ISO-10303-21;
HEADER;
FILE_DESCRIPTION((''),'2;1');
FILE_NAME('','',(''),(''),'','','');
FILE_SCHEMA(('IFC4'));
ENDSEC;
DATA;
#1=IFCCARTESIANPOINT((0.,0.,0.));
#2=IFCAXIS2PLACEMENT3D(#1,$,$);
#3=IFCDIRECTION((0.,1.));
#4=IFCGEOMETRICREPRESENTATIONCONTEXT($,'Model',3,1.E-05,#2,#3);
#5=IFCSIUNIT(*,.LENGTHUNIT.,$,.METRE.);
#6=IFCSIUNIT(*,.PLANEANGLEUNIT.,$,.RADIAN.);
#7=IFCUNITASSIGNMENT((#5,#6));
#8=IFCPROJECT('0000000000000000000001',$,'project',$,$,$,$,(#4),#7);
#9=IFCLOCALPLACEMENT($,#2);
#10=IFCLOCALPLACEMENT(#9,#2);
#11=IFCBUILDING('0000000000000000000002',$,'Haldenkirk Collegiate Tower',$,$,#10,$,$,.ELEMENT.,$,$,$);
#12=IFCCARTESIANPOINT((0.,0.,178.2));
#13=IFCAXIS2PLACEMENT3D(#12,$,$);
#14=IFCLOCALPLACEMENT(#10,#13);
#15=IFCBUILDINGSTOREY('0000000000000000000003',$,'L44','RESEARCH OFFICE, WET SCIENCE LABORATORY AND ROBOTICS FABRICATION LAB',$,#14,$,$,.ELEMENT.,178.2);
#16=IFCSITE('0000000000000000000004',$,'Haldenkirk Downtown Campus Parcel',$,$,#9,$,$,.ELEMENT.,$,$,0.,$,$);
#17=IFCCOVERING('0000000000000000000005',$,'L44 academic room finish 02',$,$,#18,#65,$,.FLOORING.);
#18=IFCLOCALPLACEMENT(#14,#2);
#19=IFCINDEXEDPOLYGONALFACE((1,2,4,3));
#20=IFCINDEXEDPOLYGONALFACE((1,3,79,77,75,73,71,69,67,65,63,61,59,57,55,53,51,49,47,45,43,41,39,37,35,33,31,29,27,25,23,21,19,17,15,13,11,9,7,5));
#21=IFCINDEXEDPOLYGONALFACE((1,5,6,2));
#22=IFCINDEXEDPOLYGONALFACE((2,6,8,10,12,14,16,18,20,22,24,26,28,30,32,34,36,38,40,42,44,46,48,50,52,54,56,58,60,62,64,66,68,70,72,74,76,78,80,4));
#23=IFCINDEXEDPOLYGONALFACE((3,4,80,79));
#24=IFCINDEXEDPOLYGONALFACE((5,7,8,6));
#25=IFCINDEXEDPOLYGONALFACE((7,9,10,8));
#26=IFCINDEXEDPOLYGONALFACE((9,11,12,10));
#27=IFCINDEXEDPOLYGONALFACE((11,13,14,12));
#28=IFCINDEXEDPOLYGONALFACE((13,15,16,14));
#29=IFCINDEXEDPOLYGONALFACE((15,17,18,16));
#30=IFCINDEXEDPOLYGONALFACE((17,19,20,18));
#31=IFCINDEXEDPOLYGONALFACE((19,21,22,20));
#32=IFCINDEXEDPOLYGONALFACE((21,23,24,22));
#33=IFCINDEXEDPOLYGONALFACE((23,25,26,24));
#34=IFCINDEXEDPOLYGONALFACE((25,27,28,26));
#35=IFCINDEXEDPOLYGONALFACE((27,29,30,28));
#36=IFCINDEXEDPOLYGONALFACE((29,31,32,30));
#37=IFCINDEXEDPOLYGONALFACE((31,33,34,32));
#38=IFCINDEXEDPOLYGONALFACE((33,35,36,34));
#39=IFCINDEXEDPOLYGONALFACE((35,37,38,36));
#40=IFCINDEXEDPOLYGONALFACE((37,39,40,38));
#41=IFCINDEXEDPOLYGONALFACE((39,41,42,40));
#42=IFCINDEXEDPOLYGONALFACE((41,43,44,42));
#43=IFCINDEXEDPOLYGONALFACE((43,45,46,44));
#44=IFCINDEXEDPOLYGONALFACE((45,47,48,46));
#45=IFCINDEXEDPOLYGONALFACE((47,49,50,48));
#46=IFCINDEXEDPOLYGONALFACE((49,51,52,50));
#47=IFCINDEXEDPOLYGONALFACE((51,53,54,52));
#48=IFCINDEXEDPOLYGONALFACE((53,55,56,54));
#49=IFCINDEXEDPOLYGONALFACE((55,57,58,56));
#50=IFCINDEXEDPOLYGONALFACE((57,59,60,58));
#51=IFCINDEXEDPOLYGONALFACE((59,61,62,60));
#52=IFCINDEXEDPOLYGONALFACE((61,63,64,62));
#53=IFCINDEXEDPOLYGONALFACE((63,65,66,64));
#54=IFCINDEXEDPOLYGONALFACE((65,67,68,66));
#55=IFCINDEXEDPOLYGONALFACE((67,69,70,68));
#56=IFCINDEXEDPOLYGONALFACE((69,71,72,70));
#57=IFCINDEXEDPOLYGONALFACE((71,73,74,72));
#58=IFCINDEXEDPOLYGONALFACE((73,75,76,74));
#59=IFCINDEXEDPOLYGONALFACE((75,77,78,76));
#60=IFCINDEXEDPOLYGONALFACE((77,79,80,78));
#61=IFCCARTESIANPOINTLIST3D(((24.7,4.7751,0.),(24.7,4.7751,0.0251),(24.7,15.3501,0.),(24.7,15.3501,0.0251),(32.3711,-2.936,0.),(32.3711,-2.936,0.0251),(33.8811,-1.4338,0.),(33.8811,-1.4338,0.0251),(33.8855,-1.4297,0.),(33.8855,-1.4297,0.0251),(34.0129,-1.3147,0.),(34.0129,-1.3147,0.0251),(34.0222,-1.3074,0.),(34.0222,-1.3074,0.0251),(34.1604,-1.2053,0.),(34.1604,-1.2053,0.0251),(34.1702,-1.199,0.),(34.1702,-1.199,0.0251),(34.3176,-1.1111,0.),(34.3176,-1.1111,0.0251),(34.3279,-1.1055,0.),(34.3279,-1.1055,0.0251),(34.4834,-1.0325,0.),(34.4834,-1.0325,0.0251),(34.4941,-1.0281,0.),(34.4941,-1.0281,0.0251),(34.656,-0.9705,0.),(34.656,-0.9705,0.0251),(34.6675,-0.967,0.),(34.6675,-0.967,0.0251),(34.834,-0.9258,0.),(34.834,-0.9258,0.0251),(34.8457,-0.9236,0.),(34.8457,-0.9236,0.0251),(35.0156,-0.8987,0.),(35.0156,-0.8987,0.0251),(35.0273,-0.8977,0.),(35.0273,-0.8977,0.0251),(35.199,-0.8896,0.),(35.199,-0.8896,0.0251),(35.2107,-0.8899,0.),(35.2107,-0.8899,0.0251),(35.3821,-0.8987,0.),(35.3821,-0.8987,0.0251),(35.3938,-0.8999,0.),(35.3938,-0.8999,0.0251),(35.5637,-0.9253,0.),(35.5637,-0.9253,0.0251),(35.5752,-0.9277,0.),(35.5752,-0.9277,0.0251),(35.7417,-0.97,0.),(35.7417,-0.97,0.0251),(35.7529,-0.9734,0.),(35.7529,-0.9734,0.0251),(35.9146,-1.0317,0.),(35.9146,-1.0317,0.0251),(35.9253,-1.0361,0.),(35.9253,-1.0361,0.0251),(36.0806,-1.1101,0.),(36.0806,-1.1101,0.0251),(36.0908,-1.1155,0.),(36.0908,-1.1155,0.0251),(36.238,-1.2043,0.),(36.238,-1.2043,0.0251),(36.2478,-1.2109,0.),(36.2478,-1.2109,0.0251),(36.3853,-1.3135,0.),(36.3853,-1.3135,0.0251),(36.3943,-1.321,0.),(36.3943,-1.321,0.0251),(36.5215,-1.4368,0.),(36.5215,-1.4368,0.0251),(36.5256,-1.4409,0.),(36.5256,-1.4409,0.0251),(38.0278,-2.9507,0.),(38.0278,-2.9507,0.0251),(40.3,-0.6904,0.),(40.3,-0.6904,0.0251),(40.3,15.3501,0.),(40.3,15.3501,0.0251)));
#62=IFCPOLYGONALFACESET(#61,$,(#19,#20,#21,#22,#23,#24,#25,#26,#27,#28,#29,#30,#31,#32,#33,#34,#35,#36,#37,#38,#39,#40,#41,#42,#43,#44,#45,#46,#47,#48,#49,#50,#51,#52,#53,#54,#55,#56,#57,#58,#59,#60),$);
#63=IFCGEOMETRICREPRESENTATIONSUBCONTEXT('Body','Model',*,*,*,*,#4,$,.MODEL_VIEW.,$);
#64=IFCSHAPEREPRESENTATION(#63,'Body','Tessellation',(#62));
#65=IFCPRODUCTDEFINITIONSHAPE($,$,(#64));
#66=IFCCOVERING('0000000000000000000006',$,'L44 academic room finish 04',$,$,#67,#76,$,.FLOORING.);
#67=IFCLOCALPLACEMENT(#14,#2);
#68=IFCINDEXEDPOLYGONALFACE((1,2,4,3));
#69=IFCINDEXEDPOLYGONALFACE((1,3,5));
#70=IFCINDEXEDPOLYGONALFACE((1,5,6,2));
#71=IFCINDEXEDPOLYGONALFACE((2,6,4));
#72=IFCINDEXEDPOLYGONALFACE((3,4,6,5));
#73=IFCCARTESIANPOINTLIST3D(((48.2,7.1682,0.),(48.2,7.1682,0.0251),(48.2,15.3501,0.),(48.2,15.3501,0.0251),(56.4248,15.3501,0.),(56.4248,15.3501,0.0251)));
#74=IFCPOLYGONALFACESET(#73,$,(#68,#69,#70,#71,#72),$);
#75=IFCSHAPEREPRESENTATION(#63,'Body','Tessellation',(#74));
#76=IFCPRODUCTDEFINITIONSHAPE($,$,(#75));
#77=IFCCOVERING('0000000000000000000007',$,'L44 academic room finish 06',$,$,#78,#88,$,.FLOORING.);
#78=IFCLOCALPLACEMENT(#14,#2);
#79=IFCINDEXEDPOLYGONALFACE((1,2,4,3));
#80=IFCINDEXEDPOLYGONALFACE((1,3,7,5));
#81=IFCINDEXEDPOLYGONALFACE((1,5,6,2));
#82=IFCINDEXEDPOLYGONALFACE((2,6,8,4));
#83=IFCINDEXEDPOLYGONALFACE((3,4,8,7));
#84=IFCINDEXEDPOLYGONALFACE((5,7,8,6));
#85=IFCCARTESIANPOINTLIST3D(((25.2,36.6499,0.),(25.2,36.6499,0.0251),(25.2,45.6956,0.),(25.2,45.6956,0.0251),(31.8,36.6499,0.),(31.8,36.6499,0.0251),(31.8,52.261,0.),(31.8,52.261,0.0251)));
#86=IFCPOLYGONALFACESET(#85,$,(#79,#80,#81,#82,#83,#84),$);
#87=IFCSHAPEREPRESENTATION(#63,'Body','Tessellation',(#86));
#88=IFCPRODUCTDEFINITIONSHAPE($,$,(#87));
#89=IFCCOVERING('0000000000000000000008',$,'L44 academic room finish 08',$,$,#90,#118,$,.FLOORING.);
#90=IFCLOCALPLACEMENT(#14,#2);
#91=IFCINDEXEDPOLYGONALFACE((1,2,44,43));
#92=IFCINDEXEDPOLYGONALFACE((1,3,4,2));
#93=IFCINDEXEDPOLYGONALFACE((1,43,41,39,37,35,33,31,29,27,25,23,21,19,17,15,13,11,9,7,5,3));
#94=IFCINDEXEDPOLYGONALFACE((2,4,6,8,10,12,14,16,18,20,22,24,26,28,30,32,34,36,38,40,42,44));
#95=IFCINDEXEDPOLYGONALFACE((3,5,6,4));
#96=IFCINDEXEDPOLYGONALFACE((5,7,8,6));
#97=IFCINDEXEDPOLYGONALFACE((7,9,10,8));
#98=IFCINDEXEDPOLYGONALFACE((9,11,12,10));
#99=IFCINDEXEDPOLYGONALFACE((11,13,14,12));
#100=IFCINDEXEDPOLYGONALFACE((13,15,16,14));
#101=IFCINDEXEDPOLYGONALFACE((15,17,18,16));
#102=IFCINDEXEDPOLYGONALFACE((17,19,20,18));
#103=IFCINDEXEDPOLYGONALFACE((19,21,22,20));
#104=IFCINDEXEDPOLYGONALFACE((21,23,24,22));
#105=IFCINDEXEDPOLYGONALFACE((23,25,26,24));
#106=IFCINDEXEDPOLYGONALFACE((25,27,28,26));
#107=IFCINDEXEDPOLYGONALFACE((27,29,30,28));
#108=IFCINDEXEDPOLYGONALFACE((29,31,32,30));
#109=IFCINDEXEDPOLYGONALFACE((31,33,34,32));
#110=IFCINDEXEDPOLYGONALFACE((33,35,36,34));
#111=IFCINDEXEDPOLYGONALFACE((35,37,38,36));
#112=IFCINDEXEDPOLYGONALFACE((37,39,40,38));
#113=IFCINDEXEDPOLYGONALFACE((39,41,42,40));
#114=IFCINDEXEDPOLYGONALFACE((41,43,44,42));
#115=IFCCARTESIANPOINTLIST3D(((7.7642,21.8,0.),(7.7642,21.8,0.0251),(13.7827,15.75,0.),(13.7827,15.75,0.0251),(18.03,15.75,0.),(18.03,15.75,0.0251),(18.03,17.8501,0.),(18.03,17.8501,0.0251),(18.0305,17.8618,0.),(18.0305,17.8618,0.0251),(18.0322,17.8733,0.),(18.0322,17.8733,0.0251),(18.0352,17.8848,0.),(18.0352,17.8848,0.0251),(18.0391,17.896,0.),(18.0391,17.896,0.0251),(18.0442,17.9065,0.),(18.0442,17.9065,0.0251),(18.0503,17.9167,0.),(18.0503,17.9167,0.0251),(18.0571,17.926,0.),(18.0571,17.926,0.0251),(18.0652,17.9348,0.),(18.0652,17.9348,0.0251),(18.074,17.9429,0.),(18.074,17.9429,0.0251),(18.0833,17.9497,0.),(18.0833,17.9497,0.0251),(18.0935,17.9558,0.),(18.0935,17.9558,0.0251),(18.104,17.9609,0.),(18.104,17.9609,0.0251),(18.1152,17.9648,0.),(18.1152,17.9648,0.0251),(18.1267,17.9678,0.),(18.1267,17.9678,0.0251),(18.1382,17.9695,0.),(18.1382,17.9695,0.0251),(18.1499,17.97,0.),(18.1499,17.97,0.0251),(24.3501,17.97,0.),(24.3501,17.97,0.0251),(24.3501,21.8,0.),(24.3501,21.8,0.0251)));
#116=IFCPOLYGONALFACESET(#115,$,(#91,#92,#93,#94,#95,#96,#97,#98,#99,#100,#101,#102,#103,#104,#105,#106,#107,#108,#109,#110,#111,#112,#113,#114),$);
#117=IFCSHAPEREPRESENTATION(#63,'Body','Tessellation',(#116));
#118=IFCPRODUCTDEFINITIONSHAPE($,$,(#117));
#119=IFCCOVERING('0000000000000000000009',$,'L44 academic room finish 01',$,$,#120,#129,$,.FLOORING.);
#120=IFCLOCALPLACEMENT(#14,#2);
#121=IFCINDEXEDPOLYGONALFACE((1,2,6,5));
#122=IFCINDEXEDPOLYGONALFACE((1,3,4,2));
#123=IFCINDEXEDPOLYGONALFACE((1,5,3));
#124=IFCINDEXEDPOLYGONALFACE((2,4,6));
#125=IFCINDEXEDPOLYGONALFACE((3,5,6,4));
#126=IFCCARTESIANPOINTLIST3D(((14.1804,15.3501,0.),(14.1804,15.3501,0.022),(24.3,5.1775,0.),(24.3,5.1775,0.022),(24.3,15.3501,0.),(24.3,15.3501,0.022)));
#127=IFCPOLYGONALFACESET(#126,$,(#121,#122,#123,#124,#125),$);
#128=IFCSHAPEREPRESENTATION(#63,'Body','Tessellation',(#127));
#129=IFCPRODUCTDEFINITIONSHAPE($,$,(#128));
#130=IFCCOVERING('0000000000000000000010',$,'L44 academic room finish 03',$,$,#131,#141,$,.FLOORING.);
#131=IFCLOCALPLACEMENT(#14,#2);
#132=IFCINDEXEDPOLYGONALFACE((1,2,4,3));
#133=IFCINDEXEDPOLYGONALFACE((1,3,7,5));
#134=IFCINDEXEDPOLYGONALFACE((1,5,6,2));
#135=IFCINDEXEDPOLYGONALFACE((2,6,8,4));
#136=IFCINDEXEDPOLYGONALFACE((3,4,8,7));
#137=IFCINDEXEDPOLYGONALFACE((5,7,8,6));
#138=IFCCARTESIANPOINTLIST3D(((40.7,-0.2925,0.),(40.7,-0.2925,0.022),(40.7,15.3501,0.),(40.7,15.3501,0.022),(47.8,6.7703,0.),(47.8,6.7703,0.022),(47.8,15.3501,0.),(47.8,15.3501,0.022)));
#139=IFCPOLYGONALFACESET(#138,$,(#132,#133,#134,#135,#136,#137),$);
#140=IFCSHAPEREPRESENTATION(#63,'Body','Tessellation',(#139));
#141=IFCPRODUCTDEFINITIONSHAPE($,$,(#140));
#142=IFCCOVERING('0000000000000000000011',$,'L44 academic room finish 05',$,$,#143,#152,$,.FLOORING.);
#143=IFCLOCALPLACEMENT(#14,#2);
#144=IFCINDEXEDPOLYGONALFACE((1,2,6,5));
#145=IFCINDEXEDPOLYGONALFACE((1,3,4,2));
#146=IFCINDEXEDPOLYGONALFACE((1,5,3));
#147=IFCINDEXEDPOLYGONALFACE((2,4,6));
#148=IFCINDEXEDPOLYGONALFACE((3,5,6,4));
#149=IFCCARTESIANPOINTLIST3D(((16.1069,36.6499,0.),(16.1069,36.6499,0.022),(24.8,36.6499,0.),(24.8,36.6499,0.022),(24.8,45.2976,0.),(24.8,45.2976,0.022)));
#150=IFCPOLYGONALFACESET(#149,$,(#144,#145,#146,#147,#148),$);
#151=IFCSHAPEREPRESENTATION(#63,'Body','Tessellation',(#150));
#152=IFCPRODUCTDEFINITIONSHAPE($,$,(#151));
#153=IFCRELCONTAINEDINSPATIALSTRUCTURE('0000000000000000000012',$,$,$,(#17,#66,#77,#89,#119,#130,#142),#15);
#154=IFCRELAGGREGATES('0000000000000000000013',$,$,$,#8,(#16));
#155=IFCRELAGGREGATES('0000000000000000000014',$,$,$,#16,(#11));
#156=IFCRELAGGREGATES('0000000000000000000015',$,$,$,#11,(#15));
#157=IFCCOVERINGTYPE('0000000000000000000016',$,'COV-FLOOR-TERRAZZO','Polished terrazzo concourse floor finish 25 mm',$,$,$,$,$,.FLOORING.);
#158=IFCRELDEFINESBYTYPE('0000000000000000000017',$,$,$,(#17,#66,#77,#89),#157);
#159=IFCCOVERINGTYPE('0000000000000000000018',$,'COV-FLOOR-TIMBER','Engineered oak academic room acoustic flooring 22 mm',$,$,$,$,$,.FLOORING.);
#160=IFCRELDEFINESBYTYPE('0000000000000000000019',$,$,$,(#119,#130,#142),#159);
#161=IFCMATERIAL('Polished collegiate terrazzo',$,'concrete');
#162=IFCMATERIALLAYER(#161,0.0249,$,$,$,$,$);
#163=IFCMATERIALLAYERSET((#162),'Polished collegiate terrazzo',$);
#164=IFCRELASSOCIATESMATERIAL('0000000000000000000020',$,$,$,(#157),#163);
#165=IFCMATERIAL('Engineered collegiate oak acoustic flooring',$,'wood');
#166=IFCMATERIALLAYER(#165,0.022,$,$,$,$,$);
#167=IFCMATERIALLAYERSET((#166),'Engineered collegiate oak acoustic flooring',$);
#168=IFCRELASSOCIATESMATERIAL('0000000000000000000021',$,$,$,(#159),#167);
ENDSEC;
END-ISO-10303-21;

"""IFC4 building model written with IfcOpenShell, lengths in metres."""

from ifc_helpers import new_model, si_unit, direction, frame, origin, place, context, subcontext, project, spatial, polyline, outline, extrude, material, layer, layer_set, type_object, element, save


model = new_model("IFC4")

# Units and contexts
model_context = context("Model", 3, precision=1e-05, world=origin(), true_north=direction((0.0, 1.0)))
body_context = subcontext(model_context, "Body", "Model", "MODEL_VIEW")
ifc_project = project(units=[si_unit("LENGTHUNIT", "METRE"), si_unit("PLANEANGLEUNIT", "RADIAN")], contexts=[model_context])

# Site, building, storey
site_placement = place(None, origin())
site = spatial("IfcSite", under=ifc_project, at=site_placement, Name="Haldenkirk Downtown Campus Parcel", CompositionType="ELEMENT", RefElevation=0.0)
building_placement = place(site_placement, origin())
building = spatial("IfcBuilding", under=site, at=building_placement, Name="Haldenkirk Collegiate Tower", CompositionType="ELEMENT")
storey_placement = place(building_placement, frame((0.0, 0.0, 178.2)))
storey = spatial("IfcBuildingStorey", under=building, at=storey_placement, Name="L44", Description="RESEARCH OFFICE, WET SCIENCE LABORATORY AND ROBOTICS FABRICATION LAB", CompositionType="ELEMENT", Elevation=178.2)

# Coverings
ifc_material_1 = material(Name="Polished collegiate terrazzo", Category="concrete")
ifc_layer_1 = layer(ifc_material_1, 0.0249)
ifc_layer_set_1 = layer_set([ifc_layer_1], Name="Polished collegiate terrazzo")
covering_type_1 = type_object("IfcCoveringType", Name="COV-FLOOR-TERRAZZO", Description="Polished terrazzo concourse floor finish 25 mm", PredefinedType="FLOORING", material=ifc_layer_set_1)
covering_1_placement = place(storey_placement, origin())
element("IfcCovering", 1, at=covering_1_placement, inside=storey, type_object=covering_type_1, Name="L44 academic room finish 02", PredefinedType="FLOORING", context=body_context, shape_type="SweptSolid", body=[
    extrude(outline(polyline([(35.9253, -1.0361), (35.9146, -1.0317), (35.7529, -0.9734), (35.7417, -0.97), (35.5752, -0.9277), (35.5637, -0.9253), (35.3938, -0.8999), (35.3821, -0.8987), (35.2107, -0.8899), (35.199, -0.8896), (35.0273, -0.8977), (35.0156, -0.8987), (34.8457, -0.9236), (34.834, -0.9258), (34.6675, -0.967), (34.656, -0.9705), (34.4941, -1.0281), (34.4834, -1.0325), (34.3279, -1.1055), (34.3176, -1.1111), (34.1702, -1.199), (34.1604, -1.2053), (34.0222, -1.3074), (34.0129, -1.3147), (33.8855, -1.4297), (33.8811, -1.4338), (32.3711, -2.936), (24.7, 4.7751), (24.7, 15.3501), (40.3, 15.3501), (40.3, -0.6904), (38.0278, -2.9507), (36.5256, -1.4409), (36.5215, -1.4368), (36.3943, -1.321), (36.3853, -1.3135), (36.2478, -1.2109), (36.238, -1.2043), (36.0908, -1.1155), (36.0806, -1.1101), (35.9253, -1.0361)])), origin(), (0.0, 0.0, 1.0), 0.0251),
])
covering_2_placement = place(storey_placement, origin())
element("IfcCovering", 2, at=covering_2_placement, inside=storey, type_object=covering_type_1, Name="L44 academic room finish 04", PredefinedType="FLOORING", context=body_context, shape_type="SweptSolid", body=[
    extrude(outline(polyline([(48.2, 7.1682), (48.2, 15.3501), (56.4248, 15.3501), (48.2, 7.1682)])), origin(), (0.0, 0.0, 1.0), 0.0251),
])
covering_3_placement = place(storey_placement, origin())
element("IfcCovering", 3, at=covering_3_placement, inside=storey, type_object=covering_type_1, Name="L44 academic room finish 06", PredefinedType="FLOORING", context=body_context, shape_type="SweptSolid", body=[
    extrude(outline(polyline([(31.8, 52.261), (31.8, 36.6499), (25.2, 36.6499), (25.2, 45.6956), (31.8, 52.261)])), origin(), (0.0, 0.0, 1.0), 0.0251),
])
covering_4_placement = place(storey_placement, origin())
element("IfcCovering", 4, at=covering_4_placement, inside=storey, type_object=covering_type_1, Name="L44 academic room finish 08", PredefinedType="FLOORING", context=body_context, shape_type="SweptSolid", body=[
    extrude(outline(polyline([(18.1499, 17.97), (18.1382, 17.9695), (18.1267, 17.9678), (18.1152, 17.9648), (18.104, 17.9609), (18.0935, 17.9558), (18.0833, 17.9497), (18.074, 17.9429), (18.0652, 17.9348), (18.0571, 17.926), (18.0503, 17.9167), (18.0442, 17.9065), (18.0391, 17.896), (18.0352, 17.8848), (18.0322, 17.8733), (18.0305, 17.8618), (18.03, 17.8501), (18.03, 15.75), (13.7827, 15.75), (7.7642, 21.8), (24.3501, 21.8), (24.3501, 17.97), (18.1499, 17.97)])), origin(), (0.0, 0.0, 1.0), 0.0251),
])
ifc_material_2 = material(Name="Engineered collegiate oak acoustic flooring", Category="wood")
ifc_layer_2 = layer(ifc_material_2, 0.022)
ifc_layer_set_2 = layer_set([ifc_layer_2], Name="Engineered collegiate oak acoustic flooring")
covering_type_2 = type_object("IfcCoveringType", Name="COV-FLOOR-TIMBER", Description="Engineered oak academic room acoustic flooring 22 mm", PredefinedType="FLOORING", material=ifc_layer_set_2)
covering_5_placement = place(storey_placement, origin())
element("IfcCovering", 5, at=covering_5_placement, inside=storey, type_object=covering_type_2, Name="L44 academic room finish 01", PredefinedType="FLOORING", context=body_context, shape_type="SweptSolid", body=[
    extrude(outline(polyline([(14.1804, 15.3501), (24.3, 15.3501), (24.3, 5.1775), (14.1804, 15.3501)])), origin(), (0.0, 0.0, 1.0), 0.022),
])
covering_6_placement = place(storey_placement, origin())
element("IfcCovering", 6, at=covering_6_placement, inside=storey, type_object=covering_type_2, Name="L44 academic room finish 03", PredefinedType="FLOORING", context=body_context, shape_type="SweptSolid", body=[
    extrude(outline(polyline([(40.7, -0.2925), (40.7, 15.3501), (47.8, 15.3501), (47.8, 6.7703), (40.7, -0.2925)])), origin(), (0.0, 0.0, 1.0), 0.022),
])
covering_7_placement = place(storey_placement, origin())
element("IfcCovering", 7, at=covering_7_placement, inside=storey, type_object=covering_type_2, Name="L44 academic room finish 05", PredefinedType="FLOORING", context=body_context, shape_type="SweptSolid", body=[
    extrude(outline(polyline([(24.8, 45.2976), (24.8, 36.6499), (16.1069, 36.6499), (24.8, 45.2976)])), origin(), (0.0, 0.0, 1.0), 0.022),
])

save(model, "model.ifc")
